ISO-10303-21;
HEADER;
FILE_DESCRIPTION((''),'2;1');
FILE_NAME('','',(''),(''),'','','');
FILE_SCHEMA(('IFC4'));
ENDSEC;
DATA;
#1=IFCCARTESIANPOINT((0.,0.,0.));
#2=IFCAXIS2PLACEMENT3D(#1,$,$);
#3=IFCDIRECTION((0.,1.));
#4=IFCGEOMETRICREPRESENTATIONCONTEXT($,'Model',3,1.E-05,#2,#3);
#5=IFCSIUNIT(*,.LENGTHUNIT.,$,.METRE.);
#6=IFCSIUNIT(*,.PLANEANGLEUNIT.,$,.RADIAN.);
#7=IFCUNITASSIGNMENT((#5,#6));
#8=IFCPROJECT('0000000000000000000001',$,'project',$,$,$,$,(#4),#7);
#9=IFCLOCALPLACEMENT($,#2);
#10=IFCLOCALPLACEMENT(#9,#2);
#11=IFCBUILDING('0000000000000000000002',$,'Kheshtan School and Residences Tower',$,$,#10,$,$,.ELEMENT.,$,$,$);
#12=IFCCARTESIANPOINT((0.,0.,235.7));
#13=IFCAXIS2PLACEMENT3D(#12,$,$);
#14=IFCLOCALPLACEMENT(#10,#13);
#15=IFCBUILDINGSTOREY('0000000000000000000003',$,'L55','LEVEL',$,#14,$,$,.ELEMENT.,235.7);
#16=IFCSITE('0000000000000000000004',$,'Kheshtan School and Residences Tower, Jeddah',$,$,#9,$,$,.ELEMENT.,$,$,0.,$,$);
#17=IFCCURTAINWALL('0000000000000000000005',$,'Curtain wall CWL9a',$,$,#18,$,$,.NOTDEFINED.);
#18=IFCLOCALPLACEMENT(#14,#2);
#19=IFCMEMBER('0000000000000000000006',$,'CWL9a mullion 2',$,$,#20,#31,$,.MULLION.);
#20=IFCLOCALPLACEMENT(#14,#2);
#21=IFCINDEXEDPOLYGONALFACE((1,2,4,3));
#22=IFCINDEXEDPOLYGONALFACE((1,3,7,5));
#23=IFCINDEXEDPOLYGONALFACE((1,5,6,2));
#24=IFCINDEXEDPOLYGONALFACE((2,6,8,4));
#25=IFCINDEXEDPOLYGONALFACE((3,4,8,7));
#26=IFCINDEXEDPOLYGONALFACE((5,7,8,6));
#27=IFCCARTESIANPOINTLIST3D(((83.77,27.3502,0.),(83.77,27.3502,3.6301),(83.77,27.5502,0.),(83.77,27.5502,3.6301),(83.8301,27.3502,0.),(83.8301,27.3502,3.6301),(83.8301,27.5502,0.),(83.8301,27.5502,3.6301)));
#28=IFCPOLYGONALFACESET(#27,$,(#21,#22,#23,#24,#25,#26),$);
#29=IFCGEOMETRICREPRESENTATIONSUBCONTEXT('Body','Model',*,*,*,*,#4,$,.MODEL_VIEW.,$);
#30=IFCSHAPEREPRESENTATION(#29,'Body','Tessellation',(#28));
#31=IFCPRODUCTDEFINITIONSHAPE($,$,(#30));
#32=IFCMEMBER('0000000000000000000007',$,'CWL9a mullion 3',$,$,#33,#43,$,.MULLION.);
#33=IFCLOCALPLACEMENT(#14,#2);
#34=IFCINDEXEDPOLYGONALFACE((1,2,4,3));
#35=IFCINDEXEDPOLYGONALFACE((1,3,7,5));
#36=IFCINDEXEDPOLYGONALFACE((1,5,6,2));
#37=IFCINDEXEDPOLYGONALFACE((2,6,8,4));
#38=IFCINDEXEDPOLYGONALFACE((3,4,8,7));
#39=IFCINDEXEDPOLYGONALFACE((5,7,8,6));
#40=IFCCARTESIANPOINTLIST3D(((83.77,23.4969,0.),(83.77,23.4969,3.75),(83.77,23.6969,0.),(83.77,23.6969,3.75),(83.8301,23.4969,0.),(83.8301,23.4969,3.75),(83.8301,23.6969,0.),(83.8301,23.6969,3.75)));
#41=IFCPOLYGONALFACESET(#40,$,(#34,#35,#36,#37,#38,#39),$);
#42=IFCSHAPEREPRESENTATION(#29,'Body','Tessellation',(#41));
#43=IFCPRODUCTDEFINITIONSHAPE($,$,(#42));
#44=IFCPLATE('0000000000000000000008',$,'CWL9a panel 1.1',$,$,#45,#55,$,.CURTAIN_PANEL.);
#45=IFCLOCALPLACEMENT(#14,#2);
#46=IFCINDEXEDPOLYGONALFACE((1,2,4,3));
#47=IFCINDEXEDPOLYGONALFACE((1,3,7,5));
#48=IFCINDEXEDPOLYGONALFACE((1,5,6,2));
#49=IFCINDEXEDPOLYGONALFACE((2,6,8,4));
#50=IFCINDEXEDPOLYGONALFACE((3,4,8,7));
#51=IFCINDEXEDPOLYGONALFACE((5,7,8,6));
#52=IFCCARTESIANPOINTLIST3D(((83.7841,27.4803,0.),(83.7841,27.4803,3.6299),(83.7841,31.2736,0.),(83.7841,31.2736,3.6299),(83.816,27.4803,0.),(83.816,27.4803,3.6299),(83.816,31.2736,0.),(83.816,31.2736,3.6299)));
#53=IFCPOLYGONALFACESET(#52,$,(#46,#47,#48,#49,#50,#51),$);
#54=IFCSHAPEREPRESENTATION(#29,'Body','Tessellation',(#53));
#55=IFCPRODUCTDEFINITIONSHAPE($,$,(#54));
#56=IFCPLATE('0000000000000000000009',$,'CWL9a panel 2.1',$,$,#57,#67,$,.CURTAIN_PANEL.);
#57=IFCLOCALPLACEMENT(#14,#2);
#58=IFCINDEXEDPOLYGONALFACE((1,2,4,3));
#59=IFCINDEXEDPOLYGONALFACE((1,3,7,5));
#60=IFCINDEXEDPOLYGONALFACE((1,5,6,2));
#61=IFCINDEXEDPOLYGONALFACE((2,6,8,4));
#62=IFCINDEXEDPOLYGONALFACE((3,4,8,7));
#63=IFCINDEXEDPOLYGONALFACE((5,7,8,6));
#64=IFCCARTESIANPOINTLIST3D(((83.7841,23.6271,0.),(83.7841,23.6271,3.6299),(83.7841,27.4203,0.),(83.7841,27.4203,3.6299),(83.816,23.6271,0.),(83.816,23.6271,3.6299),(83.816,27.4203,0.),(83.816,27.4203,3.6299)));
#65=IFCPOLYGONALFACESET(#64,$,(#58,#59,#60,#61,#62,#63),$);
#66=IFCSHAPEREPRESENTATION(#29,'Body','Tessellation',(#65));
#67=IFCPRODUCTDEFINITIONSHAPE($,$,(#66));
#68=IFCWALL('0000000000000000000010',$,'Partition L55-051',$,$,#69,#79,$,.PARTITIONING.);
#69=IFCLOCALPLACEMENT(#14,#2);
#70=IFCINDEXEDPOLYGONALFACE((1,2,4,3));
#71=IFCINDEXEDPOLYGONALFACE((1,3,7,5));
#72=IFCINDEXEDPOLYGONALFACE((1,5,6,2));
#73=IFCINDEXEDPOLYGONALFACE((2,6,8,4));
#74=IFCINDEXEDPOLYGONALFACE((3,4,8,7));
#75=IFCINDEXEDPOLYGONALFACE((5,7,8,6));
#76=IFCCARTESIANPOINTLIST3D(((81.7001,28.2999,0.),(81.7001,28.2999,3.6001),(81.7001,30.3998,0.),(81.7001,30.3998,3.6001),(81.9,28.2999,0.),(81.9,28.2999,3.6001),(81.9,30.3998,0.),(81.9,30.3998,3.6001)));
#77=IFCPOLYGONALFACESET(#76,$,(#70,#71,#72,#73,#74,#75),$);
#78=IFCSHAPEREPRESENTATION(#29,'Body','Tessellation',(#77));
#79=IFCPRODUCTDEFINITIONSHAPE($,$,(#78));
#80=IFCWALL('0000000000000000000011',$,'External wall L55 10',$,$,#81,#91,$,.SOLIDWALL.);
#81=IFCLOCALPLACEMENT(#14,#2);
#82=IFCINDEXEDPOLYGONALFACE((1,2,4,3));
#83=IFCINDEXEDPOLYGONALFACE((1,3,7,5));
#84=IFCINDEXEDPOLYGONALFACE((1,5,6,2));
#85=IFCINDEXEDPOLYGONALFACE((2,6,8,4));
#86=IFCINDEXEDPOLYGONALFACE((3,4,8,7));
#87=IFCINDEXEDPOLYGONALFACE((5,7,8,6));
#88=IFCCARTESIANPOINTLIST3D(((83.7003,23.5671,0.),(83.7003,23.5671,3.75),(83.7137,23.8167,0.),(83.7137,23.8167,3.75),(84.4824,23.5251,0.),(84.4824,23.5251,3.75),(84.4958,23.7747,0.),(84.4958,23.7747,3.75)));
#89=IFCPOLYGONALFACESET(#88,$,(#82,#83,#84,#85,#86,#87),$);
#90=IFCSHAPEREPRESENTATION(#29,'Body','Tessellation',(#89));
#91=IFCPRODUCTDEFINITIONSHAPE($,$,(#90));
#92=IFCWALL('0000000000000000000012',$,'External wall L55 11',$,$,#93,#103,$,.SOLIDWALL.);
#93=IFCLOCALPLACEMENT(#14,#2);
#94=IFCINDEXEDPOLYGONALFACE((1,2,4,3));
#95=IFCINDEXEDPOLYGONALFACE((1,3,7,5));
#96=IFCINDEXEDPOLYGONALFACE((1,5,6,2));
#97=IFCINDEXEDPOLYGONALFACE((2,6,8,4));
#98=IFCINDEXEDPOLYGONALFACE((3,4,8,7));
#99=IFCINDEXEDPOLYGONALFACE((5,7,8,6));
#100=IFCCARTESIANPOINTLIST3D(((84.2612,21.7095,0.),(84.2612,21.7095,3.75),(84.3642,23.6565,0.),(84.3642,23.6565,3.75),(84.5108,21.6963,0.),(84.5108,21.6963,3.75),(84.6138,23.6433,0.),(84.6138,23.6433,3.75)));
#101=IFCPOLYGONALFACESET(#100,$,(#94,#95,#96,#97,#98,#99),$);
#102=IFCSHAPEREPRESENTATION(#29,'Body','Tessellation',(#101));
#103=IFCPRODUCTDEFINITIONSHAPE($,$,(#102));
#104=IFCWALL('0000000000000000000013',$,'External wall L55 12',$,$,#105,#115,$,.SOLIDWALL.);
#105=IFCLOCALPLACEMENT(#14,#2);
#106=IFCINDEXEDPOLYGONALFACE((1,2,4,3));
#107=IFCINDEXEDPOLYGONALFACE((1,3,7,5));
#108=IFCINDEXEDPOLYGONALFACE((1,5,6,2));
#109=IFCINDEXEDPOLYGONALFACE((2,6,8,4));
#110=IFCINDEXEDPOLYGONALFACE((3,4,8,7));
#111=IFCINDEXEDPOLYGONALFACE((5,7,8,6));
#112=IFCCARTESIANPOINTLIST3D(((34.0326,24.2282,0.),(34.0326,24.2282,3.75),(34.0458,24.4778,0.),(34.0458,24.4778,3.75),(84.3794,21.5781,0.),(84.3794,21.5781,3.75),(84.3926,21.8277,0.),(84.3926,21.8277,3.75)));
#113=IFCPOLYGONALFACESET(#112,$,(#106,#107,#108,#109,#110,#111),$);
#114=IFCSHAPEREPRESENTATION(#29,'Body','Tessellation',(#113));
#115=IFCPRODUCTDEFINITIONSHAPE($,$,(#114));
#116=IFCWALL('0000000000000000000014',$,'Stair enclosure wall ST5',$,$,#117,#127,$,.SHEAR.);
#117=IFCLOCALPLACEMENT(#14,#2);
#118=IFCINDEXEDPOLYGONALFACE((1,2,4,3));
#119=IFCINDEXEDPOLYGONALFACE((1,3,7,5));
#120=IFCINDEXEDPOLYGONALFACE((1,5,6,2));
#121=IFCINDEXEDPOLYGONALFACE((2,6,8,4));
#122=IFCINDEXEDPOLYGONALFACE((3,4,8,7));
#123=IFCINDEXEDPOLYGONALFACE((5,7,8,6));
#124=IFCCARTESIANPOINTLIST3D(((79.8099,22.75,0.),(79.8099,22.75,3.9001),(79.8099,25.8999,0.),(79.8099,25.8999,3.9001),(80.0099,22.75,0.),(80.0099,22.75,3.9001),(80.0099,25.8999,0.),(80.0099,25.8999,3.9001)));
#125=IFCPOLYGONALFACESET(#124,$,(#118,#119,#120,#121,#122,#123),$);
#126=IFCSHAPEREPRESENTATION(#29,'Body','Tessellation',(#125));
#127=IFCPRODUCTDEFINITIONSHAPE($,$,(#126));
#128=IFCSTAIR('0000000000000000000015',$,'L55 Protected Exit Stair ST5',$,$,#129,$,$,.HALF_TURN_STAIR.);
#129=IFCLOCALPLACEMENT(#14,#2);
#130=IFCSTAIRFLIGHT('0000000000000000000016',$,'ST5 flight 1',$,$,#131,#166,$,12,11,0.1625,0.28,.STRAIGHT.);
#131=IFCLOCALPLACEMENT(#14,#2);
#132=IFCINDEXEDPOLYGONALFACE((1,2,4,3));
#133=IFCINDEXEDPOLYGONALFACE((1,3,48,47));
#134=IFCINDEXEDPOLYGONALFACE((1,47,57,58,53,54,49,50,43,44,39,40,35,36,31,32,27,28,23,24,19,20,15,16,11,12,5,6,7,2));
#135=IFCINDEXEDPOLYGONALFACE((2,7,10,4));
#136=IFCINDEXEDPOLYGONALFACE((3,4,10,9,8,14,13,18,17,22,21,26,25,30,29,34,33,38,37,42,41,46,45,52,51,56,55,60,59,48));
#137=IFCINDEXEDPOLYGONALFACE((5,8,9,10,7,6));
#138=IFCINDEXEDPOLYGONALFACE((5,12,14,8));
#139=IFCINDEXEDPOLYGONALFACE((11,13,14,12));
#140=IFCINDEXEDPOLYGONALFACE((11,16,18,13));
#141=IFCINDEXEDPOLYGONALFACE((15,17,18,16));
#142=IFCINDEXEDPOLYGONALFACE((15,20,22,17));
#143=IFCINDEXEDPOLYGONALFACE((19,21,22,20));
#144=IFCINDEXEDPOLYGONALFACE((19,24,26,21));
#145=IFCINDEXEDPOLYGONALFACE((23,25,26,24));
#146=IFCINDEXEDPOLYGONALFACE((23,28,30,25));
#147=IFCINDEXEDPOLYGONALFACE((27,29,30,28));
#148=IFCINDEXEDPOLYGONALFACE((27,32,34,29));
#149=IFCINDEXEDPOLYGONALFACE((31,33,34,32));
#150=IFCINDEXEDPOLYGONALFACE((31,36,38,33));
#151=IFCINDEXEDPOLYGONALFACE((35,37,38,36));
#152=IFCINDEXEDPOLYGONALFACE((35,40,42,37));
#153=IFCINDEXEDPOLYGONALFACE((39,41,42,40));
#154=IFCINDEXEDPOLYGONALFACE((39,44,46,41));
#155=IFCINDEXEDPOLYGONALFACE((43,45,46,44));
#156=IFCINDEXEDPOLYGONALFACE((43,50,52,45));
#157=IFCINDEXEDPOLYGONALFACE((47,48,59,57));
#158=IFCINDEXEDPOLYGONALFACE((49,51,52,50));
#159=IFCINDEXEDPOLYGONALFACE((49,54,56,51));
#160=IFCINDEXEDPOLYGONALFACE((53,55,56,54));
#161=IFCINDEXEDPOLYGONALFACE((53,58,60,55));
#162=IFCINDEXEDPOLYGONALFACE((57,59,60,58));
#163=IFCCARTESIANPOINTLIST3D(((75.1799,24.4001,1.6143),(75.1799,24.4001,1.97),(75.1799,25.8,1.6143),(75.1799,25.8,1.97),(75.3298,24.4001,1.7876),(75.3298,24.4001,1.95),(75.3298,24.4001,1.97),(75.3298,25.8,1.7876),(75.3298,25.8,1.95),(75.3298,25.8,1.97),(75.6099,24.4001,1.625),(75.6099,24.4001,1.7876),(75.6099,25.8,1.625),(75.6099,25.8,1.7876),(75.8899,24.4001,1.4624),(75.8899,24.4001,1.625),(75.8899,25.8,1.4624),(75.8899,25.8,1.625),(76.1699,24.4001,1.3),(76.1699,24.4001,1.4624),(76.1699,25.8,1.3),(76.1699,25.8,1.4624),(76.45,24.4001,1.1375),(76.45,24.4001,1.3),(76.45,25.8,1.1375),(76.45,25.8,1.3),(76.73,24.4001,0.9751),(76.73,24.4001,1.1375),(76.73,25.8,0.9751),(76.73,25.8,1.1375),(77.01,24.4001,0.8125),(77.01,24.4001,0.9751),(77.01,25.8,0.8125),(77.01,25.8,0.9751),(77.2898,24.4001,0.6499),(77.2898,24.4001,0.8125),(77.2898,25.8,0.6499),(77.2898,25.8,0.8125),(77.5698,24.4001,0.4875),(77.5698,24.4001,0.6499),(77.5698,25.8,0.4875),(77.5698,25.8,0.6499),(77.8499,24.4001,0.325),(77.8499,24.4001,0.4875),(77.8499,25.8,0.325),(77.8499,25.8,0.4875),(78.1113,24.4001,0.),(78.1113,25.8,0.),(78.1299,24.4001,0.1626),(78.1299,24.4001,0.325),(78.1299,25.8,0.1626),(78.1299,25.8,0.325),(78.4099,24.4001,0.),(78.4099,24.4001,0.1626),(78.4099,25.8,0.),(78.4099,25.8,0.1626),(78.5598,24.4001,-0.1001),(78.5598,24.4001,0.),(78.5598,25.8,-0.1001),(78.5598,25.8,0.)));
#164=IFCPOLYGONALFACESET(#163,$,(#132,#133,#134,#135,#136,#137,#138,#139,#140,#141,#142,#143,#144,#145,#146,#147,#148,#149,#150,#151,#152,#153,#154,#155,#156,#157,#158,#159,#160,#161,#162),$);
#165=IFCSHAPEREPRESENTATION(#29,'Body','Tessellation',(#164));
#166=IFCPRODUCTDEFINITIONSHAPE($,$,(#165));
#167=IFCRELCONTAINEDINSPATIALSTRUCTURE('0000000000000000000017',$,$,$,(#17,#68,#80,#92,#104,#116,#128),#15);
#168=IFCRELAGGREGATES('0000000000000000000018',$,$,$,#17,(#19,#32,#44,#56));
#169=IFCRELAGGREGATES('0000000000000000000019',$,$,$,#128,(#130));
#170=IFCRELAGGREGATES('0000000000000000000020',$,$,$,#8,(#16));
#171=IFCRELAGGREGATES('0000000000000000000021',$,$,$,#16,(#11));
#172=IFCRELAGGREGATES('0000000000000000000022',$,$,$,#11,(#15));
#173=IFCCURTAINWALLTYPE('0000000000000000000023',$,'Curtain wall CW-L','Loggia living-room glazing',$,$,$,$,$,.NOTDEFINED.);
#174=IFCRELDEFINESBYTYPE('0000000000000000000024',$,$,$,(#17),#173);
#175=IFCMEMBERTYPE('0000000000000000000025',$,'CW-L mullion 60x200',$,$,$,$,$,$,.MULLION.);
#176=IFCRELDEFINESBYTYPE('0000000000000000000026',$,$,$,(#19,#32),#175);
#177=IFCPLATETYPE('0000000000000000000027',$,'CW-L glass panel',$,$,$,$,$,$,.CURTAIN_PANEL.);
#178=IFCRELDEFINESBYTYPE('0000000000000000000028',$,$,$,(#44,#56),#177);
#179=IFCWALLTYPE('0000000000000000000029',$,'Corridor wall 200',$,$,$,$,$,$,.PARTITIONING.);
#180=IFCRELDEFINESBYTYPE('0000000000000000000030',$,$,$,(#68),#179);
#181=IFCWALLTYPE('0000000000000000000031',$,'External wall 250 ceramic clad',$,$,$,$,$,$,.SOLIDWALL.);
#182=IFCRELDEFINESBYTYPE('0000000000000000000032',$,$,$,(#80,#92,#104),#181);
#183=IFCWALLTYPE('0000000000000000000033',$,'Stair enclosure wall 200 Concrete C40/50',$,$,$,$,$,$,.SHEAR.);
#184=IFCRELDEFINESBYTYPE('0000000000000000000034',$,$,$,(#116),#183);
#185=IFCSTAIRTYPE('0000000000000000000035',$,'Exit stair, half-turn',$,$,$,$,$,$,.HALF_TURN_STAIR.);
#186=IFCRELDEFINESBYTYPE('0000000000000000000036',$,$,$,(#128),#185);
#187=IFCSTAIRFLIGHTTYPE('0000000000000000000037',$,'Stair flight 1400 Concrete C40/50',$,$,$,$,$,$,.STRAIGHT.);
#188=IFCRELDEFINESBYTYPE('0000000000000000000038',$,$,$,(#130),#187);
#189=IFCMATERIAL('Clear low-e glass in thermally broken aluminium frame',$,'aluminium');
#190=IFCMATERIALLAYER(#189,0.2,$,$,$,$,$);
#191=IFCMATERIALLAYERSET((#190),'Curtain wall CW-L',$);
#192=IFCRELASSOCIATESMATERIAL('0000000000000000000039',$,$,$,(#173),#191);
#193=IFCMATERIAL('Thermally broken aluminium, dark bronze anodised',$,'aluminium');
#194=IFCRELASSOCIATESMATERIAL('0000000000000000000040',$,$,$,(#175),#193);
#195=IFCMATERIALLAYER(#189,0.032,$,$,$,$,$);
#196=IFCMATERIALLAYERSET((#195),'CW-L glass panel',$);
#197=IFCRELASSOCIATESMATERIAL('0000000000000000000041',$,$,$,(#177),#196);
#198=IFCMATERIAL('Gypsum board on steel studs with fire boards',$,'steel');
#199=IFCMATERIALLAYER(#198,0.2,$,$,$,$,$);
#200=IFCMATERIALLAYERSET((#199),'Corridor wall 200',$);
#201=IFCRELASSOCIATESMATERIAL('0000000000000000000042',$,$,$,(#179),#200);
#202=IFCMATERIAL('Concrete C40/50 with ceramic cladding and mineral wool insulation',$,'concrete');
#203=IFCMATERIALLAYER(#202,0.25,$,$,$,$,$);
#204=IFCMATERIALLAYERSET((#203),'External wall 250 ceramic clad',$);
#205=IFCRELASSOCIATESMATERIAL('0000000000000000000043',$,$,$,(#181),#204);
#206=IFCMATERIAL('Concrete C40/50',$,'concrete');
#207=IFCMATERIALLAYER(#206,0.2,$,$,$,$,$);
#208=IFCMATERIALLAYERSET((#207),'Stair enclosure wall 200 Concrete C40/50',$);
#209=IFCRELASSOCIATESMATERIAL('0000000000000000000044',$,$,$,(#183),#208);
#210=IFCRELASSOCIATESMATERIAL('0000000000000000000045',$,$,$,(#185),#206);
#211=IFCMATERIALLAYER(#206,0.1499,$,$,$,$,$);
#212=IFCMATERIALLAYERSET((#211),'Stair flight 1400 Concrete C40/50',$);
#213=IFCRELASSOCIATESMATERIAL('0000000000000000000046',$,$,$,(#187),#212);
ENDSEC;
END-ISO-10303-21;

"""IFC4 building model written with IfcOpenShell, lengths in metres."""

from ifc_helpers import new_model, si_unit, direction, frame, frame_2d, origin, origin_2d, place, context, subcontext, project, spatial, polyline, rectangle, outline, extrude, material, layer, layer_set, material_profile, profile_set, type_object, element, aggregate, save


model = new_model("IFC4")

# Units and contexts
model_context = context("Model", 3, precision=1e-05, world=origin(), true_north=direction((0.0, 1.0)))
body_context = subcontext(model_context, "Body", "Model", "MODEL_VIEW")
ifc_project = project(units=[si_unit("LENGTHUNIT", "METRE"), si_unit("PLANEANGLEUNIT", "RADIAN")], contexts=[model_context])

# Site, building, storey
site_placement = place(None, origin())
site = spatial("IfcSite", under=ifc_project, at=site_placement, Name="Kheshtan School and Residences Tower, Jeddah", CompositionType="ELEMENT", RefElevation=0.0)
building_placement = place(site_placement, origin())
building = spatial("IfcBuilding", under=site, at=building_placement, Name="Kheshtan School and Residences Tower", CompositionType="ELEMENT")
storey_placement = place(building_placement, frame((0.0, 0.0, 235.7)))
storey = spatial("IfcBuildingStorey", under=building, at=storey_placement, Name="L55", Description="LEVEL", CompositionType="ELEMENT", Elevation=235.7)

# Curtain wall, members, plates
ifc_material_1 = material(Name="Clear low-e glass in thermally broken aluminium frame", Category="aluminium")
ifc_layer_1 = layer(ifc_material_1, 0.2)
ifc_layer_set_1 = layer_set([ifc_layer_1], Name="Curtain wall CW-L")
curtain_wall_type = type_object("IfcCurtainWallType", Name="Curtain wall CW-L", Description="Loggia living-room glazing", PredefinedType="NOTDEFINED", material=ifc_layer_set_1)
curtain_wall_placement = place(storey_placement, origin())
curtain_wall = element("IfcCurtainWall", 1, at=curtain_wall_placement, inside=storey, type_object=curtain_wall_type, Name="Curtain wall CWL9a", PredefinedType="NOTDEFINED")
ifc_material_2 = material(Name="Thermally broken aluminium, dark bronze anodised", Category="aluminium")
ifc_material_profile_1 = material_profile(ifc_material_2, rectangle(XDim=0.0601, YDim=0.2, at=origin_2d()), Name="CW-L mullion 60x200")
ifc_profile_set_1 = profile_set([ifc_material_profile_1], Name="Thermally broken aluminium, dark bronze anodised")
member_type = type_object("IfcMemberType", Name="CW-L mullion 60x200", PredefinedType="MULLION", material=ifc_profile_set_1)
member_1_placement = place(storey_placement, frame((83.8, 27.4502, 0.0), z_axis=(0.0, 0.0, 1.0), x_axis=(1.0, 0.0, 0.0)))
member_1 = element("IfcMember", 2, at=member_1_placement, type_object=member_type, Name="CWL9a mullion 2", PredefinedType="MULLION", context=body_context, shape_type="SweptSolid", body=[
    extrude(rectangle(XDim=0.0601, YDim=0.2, at=origin_2d()), origin(), (0.0, 0.0, 1.0), 3.6301),
])
member_2_placement = place(storey_placement, frame((83.8, 23.5969, 0.0), z_axis=(0.0, 0.0, 1.0), x_axis=(1.0, 0.0, 0.0)))
member_2 = element("IfcMember", 3, at=member_2_placement, type_object=member_type, Name="CWL9a mullion 3", PredefinedType="MULLION", context=body_context, shape_type="SweptSolid", body=[
    extrude(rectangle(XDim=0.0601, YDim=0.2, at=origin_2d()), origin(), (0.0, 0.0, 1.0), 3.75),
])
ifc_layer_2 = layer(ifc_material_1, 0.032)
ifc_layer_set_2 = layer_set([ifc_layer_2], Name="CW-L glass panel")
plate_type = type_object("IfcPlateType", Name="CW-L glass panel", PredefinedType="CURTAIN_PANEL", material=ifc_layer_set_2)
plate_1_placement = place(storey_placement, frame((83.8, 29.377, 0.0), z_axis=(0.0, 0.0, 1.0), x_axis=(0.0, -1.0, 0.0)))
plate_1 = element("IfcPlate", 4, at=plate_1_placement, type_object=plate_type, Name="CWL9a panel 1.1", PredefinedType="CURTAIN_PANEL", context=body_context, shape_type="SweptSolid", body=[
    extrude(rectangle(XDim=3.7932, YDim=0.032, at=origin_2d()), origin(), (0.0, 0.0, 1.0), 3.6299),
])
plate_2_placement = place(storey_placement, frame((83.8, 25.5237, 0.0), z_axis=(0.0, 0.0, 1.0), x_axis=(0.0, -1.0, 0.0)))
plate_2 = element("IfcPlate", 5, at=plate_2_placement, type_object=plate_type, Name="CWL9a panel 2.1", PredefinedType="CURTAIN_PANEL", context=body_context, shape_type="SweptSolid", body=[
    extrude(rectangle(XDim=3.7932, YDim=0.032, at=origin_2d()), origin(), (0.0, 0.0, 1.0), 3.6299),
])
aggregate(curtain_wall, [member_1, member_2, plate_1, plate_2])

# Walls
ifc_material_3 = material(Name="Gypsum board on steel studs with fire boards", Category="steel")
ifc_layer_3 = layer(ifc_material_3, 0.2)
ifc_layer_set_3 = layer_set([ifc_layer_3], Name="Corridor wall 200")
wall_type_1 = type_object("IfcWallType", Name="Corridor wall 200", PredefinedType="PARTITIONING", material=ifc_layer_set_3)
wall_1_placement = place(storey_placement, frame((81.8, 28.3, 0.0), z_axis=(0.0, 0.0, 1.0), x_axis=(0.0, 1.0, 0.0)))
element("IfcWall", 6, at=wall_1_placement, inside=storey, type_object=wall_type_1, Name="Partition L55-051", PredefinedType="PARTITIONING", context=body_context, shape_type="SweptSolid", body=[
    extrude(rectangle(XDim=2.0999, YDim=0.2, at=frame_2d((1.0498, 0.0))), origin(), (0.0, 0.0, 1.0), 3.6001),
])
ifc_material_4 = material(Name="Concrete C40/50 with ceramic cladding and mineral wool insulation", Category="concrete")
ifc_layer_4 = layer(ifc_material_4, 0.25)
ifc_layer_set_4 = layer_set([ifc_layer_4], Name="External wall 250 ceramic clad")
wall_type_2 = type_object("IfcWallType", Name="External wall 250 ceramic clad", PredefinedType="SOLIDWALL", material=ifc_layer_set_4)
wall_2_placement = place(storey_placement, frame((83.707, 23.6919, 0.0), z_axis=(0.0, 0.0, 1.0), x_axis=(0.998561, -0.053622, 0.0)))
element("IfcWall", 7, at=wall_2_placement, inside=storey, type_object=wall_type_2, Name="External wall L55 10", PredefinedType="SOLIDWALL", context=body_context, shape_type="SweptSolid", body=[
    extrude(rectangle(XDim=0.7832, YDim=0.25, at=frame_2d((0.3916, 0.0))), origin(), (0.0, 0.0, 1.0), 3.75),
])
wall_3_placement = place(storey_placement, frame((84.489, 23.6499, 0.0), z_axis=(0.0, 0.0, 1.0), x_axis=(-0.052841, -0.998603, 0.0)))
element("IfcWall", 8, at=wall_3_placement, inside=storey, type_object=wall_type_2, Name="External wall L55 11", PredefinedType="SOLIDWALL", context=body_context, shape_type="SweptSolid", body=[
    extrude(rectangle(XDim=1.9497, YDim=0.25, at=frame_2d((0.9749, 0.0))), origin(), (0.0, 0.0, 1.0), 3.75),
])
wall_4_placement = place(storey_placement, frame((84.386, 21.7029, 0.0), z_axis=(0.0, 0.0, 1.0), x_axis=(-0.998618, 0.052565, 0.0)))
element("IfcWall", 9, at=wall_4_placement, inside=storey, type_object=wall_type_2, Name="External wall L55 12", PredefinedType="SOLIDWALL", context=body_context, shape_type="SweptSolid", body=[
    extrude(rectangle(XDim=50.4165, YDim=0.25, at=frame_2d((25.2083, 0.0))), origin(), (0.0, 0.0, 1.0), 3.75),
])
ifc_material_5 = material(Name="Concrete C40/50", Category="concrete")
ifc_layer_5 = layer(ifc_material_5, 0.2)
ifc_layer_set_5 = layer_set([ifc_layer_5], Name="Stair enclosure wall 200 Concrete C40/50")
wall_type_3 = type_object("IfcWallType", Name="Stair enclosure wall 200 Concrete C40/50", PredefinedType="SHEAR", material=ifc_layer_set_5)
wall_5_placement = place(storey_placement, frame((79.9099, 22.75, 0.0), z_axis=(0.0, 0.0, 1.0), x_axis=(0.0, 1.0, 0.0)))
element("IfcWall", 10, at=wall_5_placement, inside=storey, type_object=wall_type_3, Name="Stair enclosure wall ST5", PredefinedType="SHEAR", context=body_context, shape_type="SweptSolid", body=[
    extrude(rectangle(XDim=3.1499, YDim=0.2, at=frame_2d((1.575, 0.0))), origin(), (0.0, 0.0, 1.0), 3.9001),
])

# Stair, stair flight
stair_type = type_object("IfcStairType", Name="Exit stair, half-turn", PredefinedType="HALF_TURN_STAIR", material=ifc_material_5)
stair_placement = place(storey_placement, origin())
stair = element("IfcStair", 11, at=stair_placement, inside=storey, type_object=stair_type, Name="L55 Protected Exit Stair ST5", PredefinedType="HALF_TURN_STAIR")
ifc_layer_6 = layer(ifc_material_5, 0.1499)
ifc_layer_set_6 = layer_set([ifc_layer_6], Name="Stair flight 1400 Concrete C40/50")
stair_flight_type = type_object("IfcStairFlightType", Name="Stair flight 1400 Concrete C40/50", PredefinedType="STRAIGHT", material=ifc_layer_set_6)
stair_flight_1_placement = place(storey_placement, frame((78.4099, 25.1001, 0.0), z_axis=(0.0, 0.0, 1.0), x_axis=(-1.0, 0.0, 0.0)))
stair_flight_1 = element("IfcStairFlight", 12, at=stair_flight_1_placement, type_object=stair_flight_type, Name="ST5 flight 1", NumberOfRisers=12, NumberOfTreads=11, PredefinedType="STRAIGHT", RiserHeight=0.1625, TreadLength=0.28, context=body_context, shape_type="SweptSolid", body=[
    extrude(outline(polyline([(-0.1499, -0.1001), (-0.1499, 0.0), (0.0, 0.0), (0.0, 0.1626), (0.28, 0.1626), (0.28, 0.325), (0.5601, 0.325), (0.5601, 0.4875), (0.8401, 0.4875), (0.8401, 0.6499), (1.1201, 0.6499), (1.1201, 0.8125), (1.3999, 0.8125), (1.3999, 0.9751), (1.6799, 0.9751), (1.6799, 1.1375), (1.96, 1.1375), (1.96, 1.3), (2.24, 1.3), (2.24, 1.4624), (2.52, 1.4624), (2.52, 1.625), (2.8, 1.625), (2.8, 1.7876), (3.0801, 1.7876), (3.0801, 1.95), (3.0801, 1.97), (3.23, 1.97), (3.23, 1.6143), (0.2986, 0.0), (-0.1499, -0.1001)])), frame((0.0, 0.7, 0.0), z_axis=(0.0, -1.0, 0.0), x_axis=(1.0, 0.0, 0.0)), (0.0, 0.0, 1.0), 1.3999),
])
aggregate(stair, [stair_flight_1])

save(model, "model.ifc")
